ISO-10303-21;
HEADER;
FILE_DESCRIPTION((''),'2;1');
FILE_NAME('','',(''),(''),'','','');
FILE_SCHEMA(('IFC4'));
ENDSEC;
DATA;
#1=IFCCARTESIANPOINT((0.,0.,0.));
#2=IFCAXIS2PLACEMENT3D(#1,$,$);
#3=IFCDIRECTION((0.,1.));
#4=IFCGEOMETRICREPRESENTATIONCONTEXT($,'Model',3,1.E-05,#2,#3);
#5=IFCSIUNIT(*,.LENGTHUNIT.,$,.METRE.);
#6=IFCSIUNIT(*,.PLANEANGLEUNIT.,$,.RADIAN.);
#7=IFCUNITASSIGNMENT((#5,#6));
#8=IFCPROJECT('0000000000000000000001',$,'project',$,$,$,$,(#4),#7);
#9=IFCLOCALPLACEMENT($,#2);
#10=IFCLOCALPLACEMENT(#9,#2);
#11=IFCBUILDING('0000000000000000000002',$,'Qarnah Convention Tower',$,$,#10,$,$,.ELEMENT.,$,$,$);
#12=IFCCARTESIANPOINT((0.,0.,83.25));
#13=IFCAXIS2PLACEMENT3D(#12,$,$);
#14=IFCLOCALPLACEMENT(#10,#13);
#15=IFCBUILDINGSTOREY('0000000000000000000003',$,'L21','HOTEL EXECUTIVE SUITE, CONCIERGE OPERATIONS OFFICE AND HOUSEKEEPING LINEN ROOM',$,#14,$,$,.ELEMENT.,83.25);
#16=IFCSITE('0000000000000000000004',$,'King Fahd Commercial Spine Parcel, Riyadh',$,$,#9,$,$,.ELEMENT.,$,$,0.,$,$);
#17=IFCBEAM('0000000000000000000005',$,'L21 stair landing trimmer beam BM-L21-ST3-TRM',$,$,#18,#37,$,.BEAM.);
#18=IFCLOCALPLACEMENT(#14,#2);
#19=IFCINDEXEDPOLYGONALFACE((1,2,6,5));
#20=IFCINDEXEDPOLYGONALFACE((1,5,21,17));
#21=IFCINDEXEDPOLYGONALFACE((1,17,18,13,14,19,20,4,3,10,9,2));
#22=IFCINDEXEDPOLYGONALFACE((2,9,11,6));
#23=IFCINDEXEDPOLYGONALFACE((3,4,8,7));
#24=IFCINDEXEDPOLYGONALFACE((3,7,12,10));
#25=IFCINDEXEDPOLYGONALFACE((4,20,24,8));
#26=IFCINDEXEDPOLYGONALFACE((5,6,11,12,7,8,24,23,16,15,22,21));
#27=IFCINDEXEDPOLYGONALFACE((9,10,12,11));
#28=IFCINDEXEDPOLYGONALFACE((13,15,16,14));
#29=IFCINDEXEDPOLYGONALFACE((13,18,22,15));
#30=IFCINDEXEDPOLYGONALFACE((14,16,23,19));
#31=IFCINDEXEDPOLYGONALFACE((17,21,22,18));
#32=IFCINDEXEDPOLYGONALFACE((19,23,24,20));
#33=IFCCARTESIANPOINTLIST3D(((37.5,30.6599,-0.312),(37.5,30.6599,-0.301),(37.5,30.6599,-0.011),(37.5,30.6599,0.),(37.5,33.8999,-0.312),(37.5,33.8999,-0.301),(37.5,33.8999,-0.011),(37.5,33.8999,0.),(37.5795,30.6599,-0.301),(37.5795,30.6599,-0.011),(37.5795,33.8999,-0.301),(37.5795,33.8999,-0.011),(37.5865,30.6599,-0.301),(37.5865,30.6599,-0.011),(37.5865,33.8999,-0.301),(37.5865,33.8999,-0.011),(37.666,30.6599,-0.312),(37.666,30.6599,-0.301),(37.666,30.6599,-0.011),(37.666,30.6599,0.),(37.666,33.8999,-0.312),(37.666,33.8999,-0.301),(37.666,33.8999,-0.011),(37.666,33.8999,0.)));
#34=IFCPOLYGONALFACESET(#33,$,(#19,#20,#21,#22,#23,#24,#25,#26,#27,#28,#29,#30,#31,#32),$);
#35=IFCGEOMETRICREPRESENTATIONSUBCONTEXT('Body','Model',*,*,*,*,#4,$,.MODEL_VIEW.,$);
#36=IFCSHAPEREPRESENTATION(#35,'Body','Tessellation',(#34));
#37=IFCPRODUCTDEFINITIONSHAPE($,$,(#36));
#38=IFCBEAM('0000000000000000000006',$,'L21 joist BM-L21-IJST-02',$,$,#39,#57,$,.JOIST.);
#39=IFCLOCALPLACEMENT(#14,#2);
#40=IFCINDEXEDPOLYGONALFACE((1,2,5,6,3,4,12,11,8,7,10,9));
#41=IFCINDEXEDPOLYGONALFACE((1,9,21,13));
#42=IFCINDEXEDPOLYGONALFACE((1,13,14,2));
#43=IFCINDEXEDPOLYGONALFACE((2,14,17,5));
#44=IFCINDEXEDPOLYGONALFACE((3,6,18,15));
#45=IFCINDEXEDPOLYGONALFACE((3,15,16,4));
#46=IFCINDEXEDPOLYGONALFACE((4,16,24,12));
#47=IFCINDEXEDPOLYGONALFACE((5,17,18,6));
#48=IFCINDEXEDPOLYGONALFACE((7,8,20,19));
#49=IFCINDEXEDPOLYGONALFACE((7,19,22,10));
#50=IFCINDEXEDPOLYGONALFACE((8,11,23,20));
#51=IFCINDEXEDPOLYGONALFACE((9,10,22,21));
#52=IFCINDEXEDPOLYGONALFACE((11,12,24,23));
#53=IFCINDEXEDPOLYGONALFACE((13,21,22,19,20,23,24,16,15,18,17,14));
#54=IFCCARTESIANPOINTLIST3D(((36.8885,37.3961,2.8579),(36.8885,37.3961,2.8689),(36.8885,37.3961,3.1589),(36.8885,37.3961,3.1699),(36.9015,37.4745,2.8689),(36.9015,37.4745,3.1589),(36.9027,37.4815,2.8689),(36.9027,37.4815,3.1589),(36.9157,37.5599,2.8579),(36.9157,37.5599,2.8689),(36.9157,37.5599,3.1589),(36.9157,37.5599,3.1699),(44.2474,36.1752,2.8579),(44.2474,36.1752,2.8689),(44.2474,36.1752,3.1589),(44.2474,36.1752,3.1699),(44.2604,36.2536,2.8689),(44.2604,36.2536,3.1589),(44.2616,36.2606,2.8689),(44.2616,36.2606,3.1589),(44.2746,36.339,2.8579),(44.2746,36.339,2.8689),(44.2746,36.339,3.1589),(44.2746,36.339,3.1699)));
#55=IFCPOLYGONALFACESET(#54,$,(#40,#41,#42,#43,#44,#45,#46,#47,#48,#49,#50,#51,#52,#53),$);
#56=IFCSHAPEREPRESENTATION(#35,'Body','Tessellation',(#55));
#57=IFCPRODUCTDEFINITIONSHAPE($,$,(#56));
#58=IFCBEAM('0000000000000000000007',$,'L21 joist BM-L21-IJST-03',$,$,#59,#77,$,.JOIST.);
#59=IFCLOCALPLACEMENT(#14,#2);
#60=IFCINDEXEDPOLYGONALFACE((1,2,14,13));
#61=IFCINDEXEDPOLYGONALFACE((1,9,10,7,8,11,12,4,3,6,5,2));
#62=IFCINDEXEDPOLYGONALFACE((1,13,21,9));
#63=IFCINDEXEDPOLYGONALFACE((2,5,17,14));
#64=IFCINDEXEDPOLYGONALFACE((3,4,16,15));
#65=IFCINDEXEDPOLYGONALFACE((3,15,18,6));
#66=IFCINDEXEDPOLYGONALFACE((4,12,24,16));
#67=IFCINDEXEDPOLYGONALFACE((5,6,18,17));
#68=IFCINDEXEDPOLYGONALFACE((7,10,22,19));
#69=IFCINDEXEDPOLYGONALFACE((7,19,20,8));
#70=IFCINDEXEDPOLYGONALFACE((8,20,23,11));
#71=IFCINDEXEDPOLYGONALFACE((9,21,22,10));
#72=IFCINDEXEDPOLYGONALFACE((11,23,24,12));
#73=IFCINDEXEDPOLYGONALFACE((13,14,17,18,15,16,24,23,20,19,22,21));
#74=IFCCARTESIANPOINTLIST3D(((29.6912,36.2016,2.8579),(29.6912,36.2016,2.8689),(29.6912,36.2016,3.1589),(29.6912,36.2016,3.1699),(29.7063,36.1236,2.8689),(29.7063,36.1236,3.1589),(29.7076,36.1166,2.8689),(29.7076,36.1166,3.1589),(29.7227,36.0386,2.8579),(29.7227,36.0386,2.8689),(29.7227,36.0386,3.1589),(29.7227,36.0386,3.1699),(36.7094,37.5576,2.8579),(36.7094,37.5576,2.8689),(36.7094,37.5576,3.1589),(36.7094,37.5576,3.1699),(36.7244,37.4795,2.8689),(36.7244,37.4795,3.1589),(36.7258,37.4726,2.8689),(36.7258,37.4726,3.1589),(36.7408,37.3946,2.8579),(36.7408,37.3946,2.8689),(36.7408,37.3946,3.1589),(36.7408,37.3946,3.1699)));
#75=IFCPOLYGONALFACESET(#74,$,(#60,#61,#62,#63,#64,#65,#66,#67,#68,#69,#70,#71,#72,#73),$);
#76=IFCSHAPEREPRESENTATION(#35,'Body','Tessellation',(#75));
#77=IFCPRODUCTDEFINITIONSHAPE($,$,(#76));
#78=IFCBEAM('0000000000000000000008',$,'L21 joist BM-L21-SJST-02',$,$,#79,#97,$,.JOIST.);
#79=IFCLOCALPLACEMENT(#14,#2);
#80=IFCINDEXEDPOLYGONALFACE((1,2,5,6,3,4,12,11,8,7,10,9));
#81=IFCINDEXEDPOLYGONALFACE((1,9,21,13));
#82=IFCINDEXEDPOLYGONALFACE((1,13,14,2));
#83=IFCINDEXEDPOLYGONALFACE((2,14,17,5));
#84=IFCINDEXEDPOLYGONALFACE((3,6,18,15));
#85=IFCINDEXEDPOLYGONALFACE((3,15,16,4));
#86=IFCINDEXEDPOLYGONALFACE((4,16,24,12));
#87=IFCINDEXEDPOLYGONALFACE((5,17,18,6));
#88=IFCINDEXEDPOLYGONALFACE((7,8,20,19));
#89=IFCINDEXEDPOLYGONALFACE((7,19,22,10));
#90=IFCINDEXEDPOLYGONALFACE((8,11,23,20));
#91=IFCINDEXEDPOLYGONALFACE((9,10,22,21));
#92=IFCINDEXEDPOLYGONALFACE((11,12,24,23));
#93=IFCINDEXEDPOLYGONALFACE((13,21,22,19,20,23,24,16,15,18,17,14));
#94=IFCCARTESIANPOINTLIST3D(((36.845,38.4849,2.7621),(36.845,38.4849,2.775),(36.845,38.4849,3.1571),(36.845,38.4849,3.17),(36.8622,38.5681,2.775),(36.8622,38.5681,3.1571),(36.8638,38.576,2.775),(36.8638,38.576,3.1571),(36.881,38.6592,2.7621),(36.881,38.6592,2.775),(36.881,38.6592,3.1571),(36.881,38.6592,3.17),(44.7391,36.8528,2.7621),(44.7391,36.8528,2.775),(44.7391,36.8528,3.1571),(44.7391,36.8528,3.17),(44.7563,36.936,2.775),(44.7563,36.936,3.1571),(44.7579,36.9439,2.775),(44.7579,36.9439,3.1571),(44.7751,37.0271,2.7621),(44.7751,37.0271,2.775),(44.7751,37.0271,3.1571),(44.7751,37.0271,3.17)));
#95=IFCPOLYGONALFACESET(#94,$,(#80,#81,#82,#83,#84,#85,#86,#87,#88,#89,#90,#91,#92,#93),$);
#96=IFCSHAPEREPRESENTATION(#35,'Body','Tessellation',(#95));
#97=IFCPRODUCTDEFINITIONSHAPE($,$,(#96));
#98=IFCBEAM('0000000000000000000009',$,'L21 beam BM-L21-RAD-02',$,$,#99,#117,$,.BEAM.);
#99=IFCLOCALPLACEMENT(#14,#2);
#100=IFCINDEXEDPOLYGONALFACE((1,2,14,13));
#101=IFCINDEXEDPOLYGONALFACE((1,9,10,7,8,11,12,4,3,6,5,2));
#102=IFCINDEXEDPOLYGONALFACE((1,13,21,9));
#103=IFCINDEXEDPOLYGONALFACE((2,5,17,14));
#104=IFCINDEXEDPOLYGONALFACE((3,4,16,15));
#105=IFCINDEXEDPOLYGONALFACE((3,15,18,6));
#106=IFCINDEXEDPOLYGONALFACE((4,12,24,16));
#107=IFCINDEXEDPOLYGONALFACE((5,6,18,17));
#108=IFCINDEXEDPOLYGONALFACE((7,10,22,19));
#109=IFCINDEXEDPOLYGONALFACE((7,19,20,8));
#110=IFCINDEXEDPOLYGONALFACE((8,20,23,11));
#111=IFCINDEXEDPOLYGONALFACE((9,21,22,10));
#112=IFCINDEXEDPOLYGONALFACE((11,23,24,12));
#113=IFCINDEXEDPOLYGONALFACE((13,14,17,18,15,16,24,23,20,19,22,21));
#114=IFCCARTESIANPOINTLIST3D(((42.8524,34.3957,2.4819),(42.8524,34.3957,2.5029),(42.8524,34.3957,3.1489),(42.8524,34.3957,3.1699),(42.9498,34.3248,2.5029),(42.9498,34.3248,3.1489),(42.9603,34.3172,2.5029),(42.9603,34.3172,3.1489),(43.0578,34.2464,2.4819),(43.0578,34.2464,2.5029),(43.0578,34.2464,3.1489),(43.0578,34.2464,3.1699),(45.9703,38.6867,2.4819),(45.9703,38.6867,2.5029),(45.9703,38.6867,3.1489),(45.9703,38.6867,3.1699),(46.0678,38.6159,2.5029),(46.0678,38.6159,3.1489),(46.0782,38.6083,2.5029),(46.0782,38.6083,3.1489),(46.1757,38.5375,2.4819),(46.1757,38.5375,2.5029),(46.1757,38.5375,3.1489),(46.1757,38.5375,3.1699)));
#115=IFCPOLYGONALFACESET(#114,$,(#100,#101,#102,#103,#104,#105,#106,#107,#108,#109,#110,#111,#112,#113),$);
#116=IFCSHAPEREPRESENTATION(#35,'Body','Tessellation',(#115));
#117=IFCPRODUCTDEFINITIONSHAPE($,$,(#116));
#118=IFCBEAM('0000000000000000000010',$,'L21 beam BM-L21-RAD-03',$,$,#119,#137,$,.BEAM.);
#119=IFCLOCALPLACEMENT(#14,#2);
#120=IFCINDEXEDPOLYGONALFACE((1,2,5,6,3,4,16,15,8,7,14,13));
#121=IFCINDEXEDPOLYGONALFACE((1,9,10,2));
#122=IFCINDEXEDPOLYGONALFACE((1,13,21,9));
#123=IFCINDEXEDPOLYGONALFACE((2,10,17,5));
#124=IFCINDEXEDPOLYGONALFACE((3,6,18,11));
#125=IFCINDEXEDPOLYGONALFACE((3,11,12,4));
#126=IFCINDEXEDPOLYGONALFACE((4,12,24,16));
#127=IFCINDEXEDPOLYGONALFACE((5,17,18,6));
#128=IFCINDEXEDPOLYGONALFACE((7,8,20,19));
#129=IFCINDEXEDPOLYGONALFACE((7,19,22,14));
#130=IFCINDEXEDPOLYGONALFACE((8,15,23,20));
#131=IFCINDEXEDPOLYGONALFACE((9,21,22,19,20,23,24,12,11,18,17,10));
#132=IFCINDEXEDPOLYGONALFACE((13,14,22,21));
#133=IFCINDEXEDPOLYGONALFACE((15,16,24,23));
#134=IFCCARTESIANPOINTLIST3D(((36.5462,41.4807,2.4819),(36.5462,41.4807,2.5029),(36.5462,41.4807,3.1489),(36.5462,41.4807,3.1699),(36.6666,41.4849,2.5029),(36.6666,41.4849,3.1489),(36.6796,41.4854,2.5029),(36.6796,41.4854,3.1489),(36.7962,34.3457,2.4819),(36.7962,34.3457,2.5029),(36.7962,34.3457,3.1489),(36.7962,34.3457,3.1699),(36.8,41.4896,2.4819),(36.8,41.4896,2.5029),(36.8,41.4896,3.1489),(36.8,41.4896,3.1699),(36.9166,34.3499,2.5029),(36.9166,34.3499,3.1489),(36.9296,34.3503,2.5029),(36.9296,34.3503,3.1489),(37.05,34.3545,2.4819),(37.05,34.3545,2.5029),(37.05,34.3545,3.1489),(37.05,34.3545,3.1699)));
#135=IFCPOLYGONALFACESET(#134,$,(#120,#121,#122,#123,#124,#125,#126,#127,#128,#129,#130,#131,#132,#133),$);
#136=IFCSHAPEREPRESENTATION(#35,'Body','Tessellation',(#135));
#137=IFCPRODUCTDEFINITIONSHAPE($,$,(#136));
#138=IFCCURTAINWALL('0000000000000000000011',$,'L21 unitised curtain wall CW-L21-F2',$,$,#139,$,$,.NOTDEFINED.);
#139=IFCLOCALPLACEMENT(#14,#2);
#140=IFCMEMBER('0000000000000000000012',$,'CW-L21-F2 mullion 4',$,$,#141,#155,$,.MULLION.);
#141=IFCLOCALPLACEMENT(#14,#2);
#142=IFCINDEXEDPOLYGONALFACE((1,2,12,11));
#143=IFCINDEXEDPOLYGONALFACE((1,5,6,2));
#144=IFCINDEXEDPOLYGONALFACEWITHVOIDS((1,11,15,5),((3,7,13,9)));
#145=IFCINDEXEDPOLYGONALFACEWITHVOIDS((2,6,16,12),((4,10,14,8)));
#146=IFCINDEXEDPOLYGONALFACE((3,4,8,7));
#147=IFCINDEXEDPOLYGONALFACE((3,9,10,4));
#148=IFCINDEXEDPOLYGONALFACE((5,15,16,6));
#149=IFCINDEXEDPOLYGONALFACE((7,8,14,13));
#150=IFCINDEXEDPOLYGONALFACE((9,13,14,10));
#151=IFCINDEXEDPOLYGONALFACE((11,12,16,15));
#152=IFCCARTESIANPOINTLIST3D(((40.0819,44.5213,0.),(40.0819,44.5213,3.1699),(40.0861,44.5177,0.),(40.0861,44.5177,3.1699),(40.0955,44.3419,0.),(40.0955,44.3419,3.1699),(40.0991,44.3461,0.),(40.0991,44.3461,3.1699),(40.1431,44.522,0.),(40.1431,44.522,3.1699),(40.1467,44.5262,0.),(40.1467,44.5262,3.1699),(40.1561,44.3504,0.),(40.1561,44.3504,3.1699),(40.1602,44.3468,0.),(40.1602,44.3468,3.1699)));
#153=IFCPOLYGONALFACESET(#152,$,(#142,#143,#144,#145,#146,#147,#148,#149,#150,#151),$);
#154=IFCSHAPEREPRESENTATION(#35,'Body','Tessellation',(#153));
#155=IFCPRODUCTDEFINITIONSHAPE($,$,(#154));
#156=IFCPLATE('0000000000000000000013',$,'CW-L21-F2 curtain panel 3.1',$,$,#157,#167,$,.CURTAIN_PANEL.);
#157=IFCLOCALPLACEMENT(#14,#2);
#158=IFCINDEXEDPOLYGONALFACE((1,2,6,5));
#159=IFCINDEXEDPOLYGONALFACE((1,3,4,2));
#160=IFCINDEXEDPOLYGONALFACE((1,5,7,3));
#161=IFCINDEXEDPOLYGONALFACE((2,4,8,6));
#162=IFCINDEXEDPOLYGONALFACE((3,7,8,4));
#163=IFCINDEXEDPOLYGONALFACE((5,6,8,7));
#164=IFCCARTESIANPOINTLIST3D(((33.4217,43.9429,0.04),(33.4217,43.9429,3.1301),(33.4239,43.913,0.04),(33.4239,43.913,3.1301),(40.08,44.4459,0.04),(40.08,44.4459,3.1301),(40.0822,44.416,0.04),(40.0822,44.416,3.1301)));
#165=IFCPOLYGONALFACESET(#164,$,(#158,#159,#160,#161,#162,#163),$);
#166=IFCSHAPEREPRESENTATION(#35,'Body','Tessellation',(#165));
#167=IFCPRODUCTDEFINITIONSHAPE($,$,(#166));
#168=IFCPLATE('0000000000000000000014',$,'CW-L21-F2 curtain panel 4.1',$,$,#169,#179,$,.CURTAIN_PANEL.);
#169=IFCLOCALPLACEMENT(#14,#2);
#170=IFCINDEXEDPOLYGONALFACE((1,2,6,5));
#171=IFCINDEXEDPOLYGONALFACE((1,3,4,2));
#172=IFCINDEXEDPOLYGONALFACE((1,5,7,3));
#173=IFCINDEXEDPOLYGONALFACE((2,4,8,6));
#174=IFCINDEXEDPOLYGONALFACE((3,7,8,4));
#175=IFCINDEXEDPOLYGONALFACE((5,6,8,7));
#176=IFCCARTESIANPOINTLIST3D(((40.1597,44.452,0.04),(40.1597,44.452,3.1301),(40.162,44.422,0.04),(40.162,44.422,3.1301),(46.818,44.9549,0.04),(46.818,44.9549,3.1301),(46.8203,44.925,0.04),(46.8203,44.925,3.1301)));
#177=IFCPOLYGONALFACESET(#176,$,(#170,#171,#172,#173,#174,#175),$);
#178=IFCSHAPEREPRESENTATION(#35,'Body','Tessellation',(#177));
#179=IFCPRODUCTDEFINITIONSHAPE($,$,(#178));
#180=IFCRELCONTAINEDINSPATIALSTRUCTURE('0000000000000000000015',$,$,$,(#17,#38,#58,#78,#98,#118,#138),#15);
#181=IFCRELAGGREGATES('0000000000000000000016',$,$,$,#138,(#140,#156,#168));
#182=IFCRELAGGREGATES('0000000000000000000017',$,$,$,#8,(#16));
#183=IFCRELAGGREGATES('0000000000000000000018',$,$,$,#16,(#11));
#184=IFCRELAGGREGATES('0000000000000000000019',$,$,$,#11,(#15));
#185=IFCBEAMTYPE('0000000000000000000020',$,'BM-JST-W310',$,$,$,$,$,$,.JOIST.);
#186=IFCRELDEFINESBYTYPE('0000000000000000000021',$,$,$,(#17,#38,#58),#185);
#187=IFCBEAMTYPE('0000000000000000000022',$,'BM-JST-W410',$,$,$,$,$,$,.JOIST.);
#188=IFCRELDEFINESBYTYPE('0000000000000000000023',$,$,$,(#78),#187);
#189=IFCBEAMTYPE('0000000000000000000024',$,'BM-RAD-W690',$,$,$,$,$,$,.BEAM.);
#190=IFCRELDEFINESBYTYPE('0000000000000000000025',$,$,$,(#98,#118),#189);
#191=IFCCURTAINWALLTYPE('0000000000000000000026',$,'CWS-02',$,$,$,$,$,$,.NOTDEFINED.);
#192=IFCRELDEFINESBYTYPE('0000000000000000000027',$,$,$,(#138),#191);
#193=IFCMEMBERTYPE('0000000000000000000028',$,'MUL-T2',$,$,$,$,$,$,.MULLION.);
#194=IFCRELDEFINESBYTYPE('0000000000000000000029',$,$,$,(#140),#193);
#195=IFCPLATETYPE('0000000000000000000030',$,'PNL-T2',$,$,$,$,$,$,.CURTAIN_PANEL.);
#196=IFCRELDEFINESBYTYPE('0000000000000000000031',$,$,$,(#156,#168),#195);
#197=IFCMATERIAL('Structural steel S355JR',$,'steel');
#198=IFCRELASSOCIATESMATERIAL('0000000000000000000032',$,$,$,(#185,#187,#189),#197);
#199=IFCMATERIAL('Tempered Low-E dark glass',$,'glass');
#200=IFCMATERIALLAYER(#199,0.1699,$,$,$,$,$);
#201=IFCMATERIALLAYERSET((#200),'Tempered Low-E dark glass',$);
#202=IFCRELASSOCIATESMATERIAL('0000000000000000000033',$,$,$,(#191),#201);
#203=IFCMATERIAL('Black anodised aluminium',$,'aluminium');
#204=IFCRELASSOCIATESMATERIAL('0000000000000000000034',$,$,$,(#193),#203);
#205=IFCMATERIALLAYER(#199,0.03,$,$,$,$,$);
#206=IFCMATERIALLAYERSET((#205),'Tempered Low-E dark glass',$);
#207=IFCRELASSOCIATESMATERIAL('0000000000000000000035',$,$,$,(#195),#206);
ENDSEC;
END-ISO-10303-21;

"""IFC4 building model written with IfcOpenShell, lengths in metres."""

from ifc_helpers import new_model, si_unit, direction, frame, origin, origin_2d, place, context, subcontext, project, spatial, rectangle, hollow_rectangle, i_section, extrude, material, layer, layer_set, material_profile, profile_set, type_object, element, aggregate, save


model = new_model("IFC4")

# Units and contexts
model_context = context("Model", 3, precision=1e-05, world=origin(), true_north=direction((0.0, 1.0)))
body_context = subcontext(model_context, "Body", "Model", "MODEL_VIEW")
ifc_project = project(units=[si_unit("LENGTHUNIT", "METRE"), si_unit("PLANEANGLEUNIT", "RADIAN")], contexts=[model_context])

# Site, building, storey
site_placement = place(None, origin())
site = spatial("IfcSite", under=ifc_project, at=site_placement, Name="King Fahd Commercial Spine Parcel, Riyadh", CompositionType="ELEMENT", RefElevation=0.0)
building_placement = place(site_placement, origin())
building = spatial("IfcBuilding", under=site, at=building_placement, Name="Qarnah Convention Tower", CompositionType="ELEMENT")
storey_placement = place(building_placement, frame((0.0, 0.0, 83.25)))
storey = spatial("IfcBuildingStorey", under=building, at=storey_placement, Name="L21", Description="HOTEL EXECUTIVE SUITE, CONCIERGE OPERATIONS OFFICE AND HOUSEKEEPING LINEN ROOM", CompositionType="ELEMENT", Elevation=83.25)

# Beams
ifc_material_1 = material(Name="Structural steel S355JR", Category="steel")
ifc_material_profile_1 = material_profile(ifc_material_1, i_section(OverallWidth=0.166, OverallDepth=0.312, WebThickness=0.0071, FlangeThickness=0.011, at=origin_2d()), Name="W310X45")
ifc_profile_set_1 = profile_set([ifc_material_profile_1], Name="Structural steel S355JR")
beam_type_1 = type_object("IfcBeamType", Name="BM-JST-W310", PredefinedType="JOIST", material=ifc_profile_set_1)
beam_1_placement = place(storey_placement, frame((37.583, 30.6599, -0.156), z_axis=(0.0, 1.0, 0.0), x_axis=(-1.0, 0.0, 0.0)))
element("IfcBeam", 1, at=beam_1_placement, inside=storey, type_object=beam_type_1, Name="L21 stair landing trimmer beam BM-L21-ST3-TRM", PredefinedType="BEAM", context=body_context, shape_type="SweptSolid", body=[
    extrude(i_section(OverallWidth=0.166, OverallDepth=0.312, WebThickness=0.0071, FlangeThickness=0.011, at=origin_2d()), origin(), (0.0, 0.0, 1.0), 3.24),
])
beam_2_placement = place(storey_placement, frame((44.261, 36.2571, 3.0139), z_axis=(-0.986514, 0.163677, 0.0), x_axis=(-0.163677, -0.986514, 0.0)))
element("IfcBeam", 2, at=beam_2_placement, inside=storey, type_object=beam_type_1, Name="L21 joist BM-L21-IJST-02", PredefinedType="JOIST", context=body_context, shape_type="SweptSolid", body=[
    extrude(i_section(OverallWidth=0.166, OverallDepth=0.312, WebThickness=0.0071, FlangeThickness=0.011, at=origin_2d()), origin(), (0.0, 0.0, 1.0), 7.4595),
])
beam_3_placement = place(storey_placement, frame((36.7251, 37.4761, 3.0139), z_axis=(-0.981842, -0.189701, 0.0), x_axis=(0.189701, -0.981842, 0.0)))
element("IfcBeam", 3, at=beam_3_placement, inside=storey, type_object=beam_type_1, Name="L21 joist BM-L21-IJST-03", PredefinedType="JOIST", context=body_context, shape_type="SweptSolid", body=[
    extrude(i_section(OverallWidth=0.166, OverallDepth=0.312, WebThickness=0.0071, FlangeThickness=0.011, at=origin_2d()), origin(), (0.0, 0.0, 1.0), 7.1479),
])
ifc_material_profile_2 = material_profile(ifc_material_1, i_section(OverallWidth=0.178, OverallDepth=0.408, WebThickness=0.0081, FlangeThickness=0.0129, at=origin_2d()), Name="W410X60")
ifc_profile_set_2 = profile_set([ifc_material_profile_2], Name="Structural steel S355JR")
beam_type_2 = type_object("IfcBeamType", Name="BM-JST-W410", PredefinedType="JOIST", material=ifc_profile_set_2)
beam_4_placement = place(storey_placement, frame((44.7571, 36.9399, 2.9661), z_axis=(-0.979289, 0.202466, 0.0), x_axis=(-0.202466, -0.979289, 0.0)))
element("IfcBeam", 4, at=beam_4_placement, inside=storey, type_object=beam_type_2, Name="L21 joist BM-L21-SJST-02", PredefinedType="JOIST", context=body_context, shape_type="SweptSolid", body=[
    extrude(i_section(OverallWidth=0.178, OverallDepth=0.408, WebThickness=0.0081, FlangeThickness=0.0129, at=origin_2d()), origin(), (0.0, 0.0, 1.0), 8.061),
])
ifc_material_profile_3 = material_profile(ifc_material_1, i_section(OverallWidth=0.2539, OverallDepth=0.688, WebThickness=0.0129, FlangeThickness=0.021, at=origin_2d()), Name="W690X152")
ifc_profile_set_3 = profile_set([ifc_material_profile_3], Name="Structural steel S355JR")
beam_type_3 = type_object("IfcBeamType", Name="BM-RAD-W690", PredefinedType="BEAM", material=ifc_profile_set_3)
beam_5_placement = place(storey_placement, frame((42.9551, 34.321, 2.8259), z_axis=(0.587824, 0.808989, 0.0), x_axis=(-0.808989, 0.587824, 0.0)))
element("IfcBeam", 5, at=beam_5_placement, inside=storey, type_object=beam_type_3, Name="L21 beam BM-L21-RAD-02", PredefinedType="BEAM", context=body_context, shape_type="SweptSolid", body=[
    extrude(i_section(OverallWidth=0.2539, OverallDepth=0.688, WebThickness=0.0129, FlangeThickness=0.021, at=origin_2d()), origin(), (0.0, 0.0, 1.0), 5.3042),
])
beam_6_placement = place(storey_placement, frame((36.9231, 34.3501, 2.8259), z_axis=(-0.035017, 0.999387, 0.0), x_axis=(-0.999387, -0.035017, 0.0)))
element("IfcBeam", 6, at=beam_6_placement, inside=storey, type_object=beam_type_3, Name="L21 beam BM-L21-RAD-03", PredefinedType="BEAM", context=body_context, shape_type="SweptSolid", body=[
    extrude(i_section(OverallWidth=0.2539, OverallDepth=0.688, WebThickness=0.0129, FlangeThickness=0.021, at=origin_2d()), origin(), (0.0, 0.0, 1.0), 7.1394),
])

# Curtain wall, member, plates
ifc_material_2 = material(Name="Tempered Low-E dark glass", Category="glass")
ifc_layer_1 = layer(ifc_material_2, 0.1699)
ifc_layer_set_1 = layer_set([ifc_layer_1], Name="Tempered Low-E dark glass")
curtain_wall_type = type_object("IfcCurtainWallType", Name="CWS-02", PredefinedType="NOTDEFINED", material=ifc_layer_set_1)
curtain_wall_placement = place(storey_placement, origin())
curtain_wall = element("IfcCurtainWall", 7, at=curtain_wall_placement, inside=storey, type_object=curtain_wall_type, Name="L21 unitised curtain wall CW-L21-F2", PredefinedType="NOTDEFINED")
ifc_material_3 = material(Name="Black anodised aluminium", Category="aluminium")
ifc_material_profile_4 = material_profile(ifc_material_3, hollow_rectangle(XDim=0.0649, YDim=0.1799, WallThickness=0.0039, at=origin_2d()), Name="MUL-65X180")
ifc_profile_set_4 = profile_set([ifc_material_profile_4], Name="Black anodised aluminium")
member_type = type_object("IfcMemberType", Name="MUL-T2", PredefinedType="MULLION", material=ifc_profile_set_4)
member_placement = place(storey_placement, frame((40.1211, 44.4341, 0.0), z_axis=(0.0, 0.0, 1.0), x_axis=(0.997159, 0.075327, 0.0)))
member = element("IfcMember", 8, at=member_placement, type_object=member_type, Name="CW-L21-F2 mullion 4", PredefinedType="MULLION", context=body_context, shape_type="SweptSolid", body=[
    extrude(hollow_rectangle(XDim=0.0649, YDim=0.1799, WallThickness=0.0039, at=origin_2d()), origin(), (0.0, 0.0, 1.0), 3.1699),
])
ifc_layer_2 = layer(ifc_material_2, 0.03)
ifc_layer_set_2 = layer_set([ifc_layer_2], Name="Tempered Low-E dark glass")
plate_type = type_object("IfcPlateType", Name="PNL-T2", PredefinedType="CURTAIN_PANEL", material=ifc_layer_set_2)
plate_1_placement = place(storey_placement, frame((36.752, 44.1794, 0.04), z_axis=(0.0, 0.0, 1.0), x_axis=(0.997159, 0.075327, 0.0)))
plate_1 = element("IfcPlate", 9, at=plate_1_placement, type_object=plate_type, Name="CW-L21-F2 curtain panel 3.1", PredefinedType="CURTAIN_PANEL", context=body_context, shape_type="SweptSolid", body=[
    extrude(rectangle(XDim=6.6772, YDim=0.03, at=origin_2d()), origin(), (0.0, 0.0, 1.0), 3.0901),
])
plate_2_placement = place(storey_placement, frame((43.49, 44.6885, 0.04), z_axis=(0.0, 0.0, 1.0), x_axis=(0.997159, 0.075327, 0.0)))
plate_2 = element("IfcPlate", 10, at=plate_2_placement, type_object=plate_type, Name="CW-L21-F2 curtain panel 4.1", PredefinedType="CURTAIN_PANEL", context=body_context, shape_type="SweptSolid", body=[
    extrude(rectangle(XDim=6.6772, YDim=0.03, at=origin_2d()), origin(), (0.0, 0.0, 1.0), 3.0901),
])
aggregate(curtain_wall, [member, plate_1, plate_2])

save(model, "model.ifc")
